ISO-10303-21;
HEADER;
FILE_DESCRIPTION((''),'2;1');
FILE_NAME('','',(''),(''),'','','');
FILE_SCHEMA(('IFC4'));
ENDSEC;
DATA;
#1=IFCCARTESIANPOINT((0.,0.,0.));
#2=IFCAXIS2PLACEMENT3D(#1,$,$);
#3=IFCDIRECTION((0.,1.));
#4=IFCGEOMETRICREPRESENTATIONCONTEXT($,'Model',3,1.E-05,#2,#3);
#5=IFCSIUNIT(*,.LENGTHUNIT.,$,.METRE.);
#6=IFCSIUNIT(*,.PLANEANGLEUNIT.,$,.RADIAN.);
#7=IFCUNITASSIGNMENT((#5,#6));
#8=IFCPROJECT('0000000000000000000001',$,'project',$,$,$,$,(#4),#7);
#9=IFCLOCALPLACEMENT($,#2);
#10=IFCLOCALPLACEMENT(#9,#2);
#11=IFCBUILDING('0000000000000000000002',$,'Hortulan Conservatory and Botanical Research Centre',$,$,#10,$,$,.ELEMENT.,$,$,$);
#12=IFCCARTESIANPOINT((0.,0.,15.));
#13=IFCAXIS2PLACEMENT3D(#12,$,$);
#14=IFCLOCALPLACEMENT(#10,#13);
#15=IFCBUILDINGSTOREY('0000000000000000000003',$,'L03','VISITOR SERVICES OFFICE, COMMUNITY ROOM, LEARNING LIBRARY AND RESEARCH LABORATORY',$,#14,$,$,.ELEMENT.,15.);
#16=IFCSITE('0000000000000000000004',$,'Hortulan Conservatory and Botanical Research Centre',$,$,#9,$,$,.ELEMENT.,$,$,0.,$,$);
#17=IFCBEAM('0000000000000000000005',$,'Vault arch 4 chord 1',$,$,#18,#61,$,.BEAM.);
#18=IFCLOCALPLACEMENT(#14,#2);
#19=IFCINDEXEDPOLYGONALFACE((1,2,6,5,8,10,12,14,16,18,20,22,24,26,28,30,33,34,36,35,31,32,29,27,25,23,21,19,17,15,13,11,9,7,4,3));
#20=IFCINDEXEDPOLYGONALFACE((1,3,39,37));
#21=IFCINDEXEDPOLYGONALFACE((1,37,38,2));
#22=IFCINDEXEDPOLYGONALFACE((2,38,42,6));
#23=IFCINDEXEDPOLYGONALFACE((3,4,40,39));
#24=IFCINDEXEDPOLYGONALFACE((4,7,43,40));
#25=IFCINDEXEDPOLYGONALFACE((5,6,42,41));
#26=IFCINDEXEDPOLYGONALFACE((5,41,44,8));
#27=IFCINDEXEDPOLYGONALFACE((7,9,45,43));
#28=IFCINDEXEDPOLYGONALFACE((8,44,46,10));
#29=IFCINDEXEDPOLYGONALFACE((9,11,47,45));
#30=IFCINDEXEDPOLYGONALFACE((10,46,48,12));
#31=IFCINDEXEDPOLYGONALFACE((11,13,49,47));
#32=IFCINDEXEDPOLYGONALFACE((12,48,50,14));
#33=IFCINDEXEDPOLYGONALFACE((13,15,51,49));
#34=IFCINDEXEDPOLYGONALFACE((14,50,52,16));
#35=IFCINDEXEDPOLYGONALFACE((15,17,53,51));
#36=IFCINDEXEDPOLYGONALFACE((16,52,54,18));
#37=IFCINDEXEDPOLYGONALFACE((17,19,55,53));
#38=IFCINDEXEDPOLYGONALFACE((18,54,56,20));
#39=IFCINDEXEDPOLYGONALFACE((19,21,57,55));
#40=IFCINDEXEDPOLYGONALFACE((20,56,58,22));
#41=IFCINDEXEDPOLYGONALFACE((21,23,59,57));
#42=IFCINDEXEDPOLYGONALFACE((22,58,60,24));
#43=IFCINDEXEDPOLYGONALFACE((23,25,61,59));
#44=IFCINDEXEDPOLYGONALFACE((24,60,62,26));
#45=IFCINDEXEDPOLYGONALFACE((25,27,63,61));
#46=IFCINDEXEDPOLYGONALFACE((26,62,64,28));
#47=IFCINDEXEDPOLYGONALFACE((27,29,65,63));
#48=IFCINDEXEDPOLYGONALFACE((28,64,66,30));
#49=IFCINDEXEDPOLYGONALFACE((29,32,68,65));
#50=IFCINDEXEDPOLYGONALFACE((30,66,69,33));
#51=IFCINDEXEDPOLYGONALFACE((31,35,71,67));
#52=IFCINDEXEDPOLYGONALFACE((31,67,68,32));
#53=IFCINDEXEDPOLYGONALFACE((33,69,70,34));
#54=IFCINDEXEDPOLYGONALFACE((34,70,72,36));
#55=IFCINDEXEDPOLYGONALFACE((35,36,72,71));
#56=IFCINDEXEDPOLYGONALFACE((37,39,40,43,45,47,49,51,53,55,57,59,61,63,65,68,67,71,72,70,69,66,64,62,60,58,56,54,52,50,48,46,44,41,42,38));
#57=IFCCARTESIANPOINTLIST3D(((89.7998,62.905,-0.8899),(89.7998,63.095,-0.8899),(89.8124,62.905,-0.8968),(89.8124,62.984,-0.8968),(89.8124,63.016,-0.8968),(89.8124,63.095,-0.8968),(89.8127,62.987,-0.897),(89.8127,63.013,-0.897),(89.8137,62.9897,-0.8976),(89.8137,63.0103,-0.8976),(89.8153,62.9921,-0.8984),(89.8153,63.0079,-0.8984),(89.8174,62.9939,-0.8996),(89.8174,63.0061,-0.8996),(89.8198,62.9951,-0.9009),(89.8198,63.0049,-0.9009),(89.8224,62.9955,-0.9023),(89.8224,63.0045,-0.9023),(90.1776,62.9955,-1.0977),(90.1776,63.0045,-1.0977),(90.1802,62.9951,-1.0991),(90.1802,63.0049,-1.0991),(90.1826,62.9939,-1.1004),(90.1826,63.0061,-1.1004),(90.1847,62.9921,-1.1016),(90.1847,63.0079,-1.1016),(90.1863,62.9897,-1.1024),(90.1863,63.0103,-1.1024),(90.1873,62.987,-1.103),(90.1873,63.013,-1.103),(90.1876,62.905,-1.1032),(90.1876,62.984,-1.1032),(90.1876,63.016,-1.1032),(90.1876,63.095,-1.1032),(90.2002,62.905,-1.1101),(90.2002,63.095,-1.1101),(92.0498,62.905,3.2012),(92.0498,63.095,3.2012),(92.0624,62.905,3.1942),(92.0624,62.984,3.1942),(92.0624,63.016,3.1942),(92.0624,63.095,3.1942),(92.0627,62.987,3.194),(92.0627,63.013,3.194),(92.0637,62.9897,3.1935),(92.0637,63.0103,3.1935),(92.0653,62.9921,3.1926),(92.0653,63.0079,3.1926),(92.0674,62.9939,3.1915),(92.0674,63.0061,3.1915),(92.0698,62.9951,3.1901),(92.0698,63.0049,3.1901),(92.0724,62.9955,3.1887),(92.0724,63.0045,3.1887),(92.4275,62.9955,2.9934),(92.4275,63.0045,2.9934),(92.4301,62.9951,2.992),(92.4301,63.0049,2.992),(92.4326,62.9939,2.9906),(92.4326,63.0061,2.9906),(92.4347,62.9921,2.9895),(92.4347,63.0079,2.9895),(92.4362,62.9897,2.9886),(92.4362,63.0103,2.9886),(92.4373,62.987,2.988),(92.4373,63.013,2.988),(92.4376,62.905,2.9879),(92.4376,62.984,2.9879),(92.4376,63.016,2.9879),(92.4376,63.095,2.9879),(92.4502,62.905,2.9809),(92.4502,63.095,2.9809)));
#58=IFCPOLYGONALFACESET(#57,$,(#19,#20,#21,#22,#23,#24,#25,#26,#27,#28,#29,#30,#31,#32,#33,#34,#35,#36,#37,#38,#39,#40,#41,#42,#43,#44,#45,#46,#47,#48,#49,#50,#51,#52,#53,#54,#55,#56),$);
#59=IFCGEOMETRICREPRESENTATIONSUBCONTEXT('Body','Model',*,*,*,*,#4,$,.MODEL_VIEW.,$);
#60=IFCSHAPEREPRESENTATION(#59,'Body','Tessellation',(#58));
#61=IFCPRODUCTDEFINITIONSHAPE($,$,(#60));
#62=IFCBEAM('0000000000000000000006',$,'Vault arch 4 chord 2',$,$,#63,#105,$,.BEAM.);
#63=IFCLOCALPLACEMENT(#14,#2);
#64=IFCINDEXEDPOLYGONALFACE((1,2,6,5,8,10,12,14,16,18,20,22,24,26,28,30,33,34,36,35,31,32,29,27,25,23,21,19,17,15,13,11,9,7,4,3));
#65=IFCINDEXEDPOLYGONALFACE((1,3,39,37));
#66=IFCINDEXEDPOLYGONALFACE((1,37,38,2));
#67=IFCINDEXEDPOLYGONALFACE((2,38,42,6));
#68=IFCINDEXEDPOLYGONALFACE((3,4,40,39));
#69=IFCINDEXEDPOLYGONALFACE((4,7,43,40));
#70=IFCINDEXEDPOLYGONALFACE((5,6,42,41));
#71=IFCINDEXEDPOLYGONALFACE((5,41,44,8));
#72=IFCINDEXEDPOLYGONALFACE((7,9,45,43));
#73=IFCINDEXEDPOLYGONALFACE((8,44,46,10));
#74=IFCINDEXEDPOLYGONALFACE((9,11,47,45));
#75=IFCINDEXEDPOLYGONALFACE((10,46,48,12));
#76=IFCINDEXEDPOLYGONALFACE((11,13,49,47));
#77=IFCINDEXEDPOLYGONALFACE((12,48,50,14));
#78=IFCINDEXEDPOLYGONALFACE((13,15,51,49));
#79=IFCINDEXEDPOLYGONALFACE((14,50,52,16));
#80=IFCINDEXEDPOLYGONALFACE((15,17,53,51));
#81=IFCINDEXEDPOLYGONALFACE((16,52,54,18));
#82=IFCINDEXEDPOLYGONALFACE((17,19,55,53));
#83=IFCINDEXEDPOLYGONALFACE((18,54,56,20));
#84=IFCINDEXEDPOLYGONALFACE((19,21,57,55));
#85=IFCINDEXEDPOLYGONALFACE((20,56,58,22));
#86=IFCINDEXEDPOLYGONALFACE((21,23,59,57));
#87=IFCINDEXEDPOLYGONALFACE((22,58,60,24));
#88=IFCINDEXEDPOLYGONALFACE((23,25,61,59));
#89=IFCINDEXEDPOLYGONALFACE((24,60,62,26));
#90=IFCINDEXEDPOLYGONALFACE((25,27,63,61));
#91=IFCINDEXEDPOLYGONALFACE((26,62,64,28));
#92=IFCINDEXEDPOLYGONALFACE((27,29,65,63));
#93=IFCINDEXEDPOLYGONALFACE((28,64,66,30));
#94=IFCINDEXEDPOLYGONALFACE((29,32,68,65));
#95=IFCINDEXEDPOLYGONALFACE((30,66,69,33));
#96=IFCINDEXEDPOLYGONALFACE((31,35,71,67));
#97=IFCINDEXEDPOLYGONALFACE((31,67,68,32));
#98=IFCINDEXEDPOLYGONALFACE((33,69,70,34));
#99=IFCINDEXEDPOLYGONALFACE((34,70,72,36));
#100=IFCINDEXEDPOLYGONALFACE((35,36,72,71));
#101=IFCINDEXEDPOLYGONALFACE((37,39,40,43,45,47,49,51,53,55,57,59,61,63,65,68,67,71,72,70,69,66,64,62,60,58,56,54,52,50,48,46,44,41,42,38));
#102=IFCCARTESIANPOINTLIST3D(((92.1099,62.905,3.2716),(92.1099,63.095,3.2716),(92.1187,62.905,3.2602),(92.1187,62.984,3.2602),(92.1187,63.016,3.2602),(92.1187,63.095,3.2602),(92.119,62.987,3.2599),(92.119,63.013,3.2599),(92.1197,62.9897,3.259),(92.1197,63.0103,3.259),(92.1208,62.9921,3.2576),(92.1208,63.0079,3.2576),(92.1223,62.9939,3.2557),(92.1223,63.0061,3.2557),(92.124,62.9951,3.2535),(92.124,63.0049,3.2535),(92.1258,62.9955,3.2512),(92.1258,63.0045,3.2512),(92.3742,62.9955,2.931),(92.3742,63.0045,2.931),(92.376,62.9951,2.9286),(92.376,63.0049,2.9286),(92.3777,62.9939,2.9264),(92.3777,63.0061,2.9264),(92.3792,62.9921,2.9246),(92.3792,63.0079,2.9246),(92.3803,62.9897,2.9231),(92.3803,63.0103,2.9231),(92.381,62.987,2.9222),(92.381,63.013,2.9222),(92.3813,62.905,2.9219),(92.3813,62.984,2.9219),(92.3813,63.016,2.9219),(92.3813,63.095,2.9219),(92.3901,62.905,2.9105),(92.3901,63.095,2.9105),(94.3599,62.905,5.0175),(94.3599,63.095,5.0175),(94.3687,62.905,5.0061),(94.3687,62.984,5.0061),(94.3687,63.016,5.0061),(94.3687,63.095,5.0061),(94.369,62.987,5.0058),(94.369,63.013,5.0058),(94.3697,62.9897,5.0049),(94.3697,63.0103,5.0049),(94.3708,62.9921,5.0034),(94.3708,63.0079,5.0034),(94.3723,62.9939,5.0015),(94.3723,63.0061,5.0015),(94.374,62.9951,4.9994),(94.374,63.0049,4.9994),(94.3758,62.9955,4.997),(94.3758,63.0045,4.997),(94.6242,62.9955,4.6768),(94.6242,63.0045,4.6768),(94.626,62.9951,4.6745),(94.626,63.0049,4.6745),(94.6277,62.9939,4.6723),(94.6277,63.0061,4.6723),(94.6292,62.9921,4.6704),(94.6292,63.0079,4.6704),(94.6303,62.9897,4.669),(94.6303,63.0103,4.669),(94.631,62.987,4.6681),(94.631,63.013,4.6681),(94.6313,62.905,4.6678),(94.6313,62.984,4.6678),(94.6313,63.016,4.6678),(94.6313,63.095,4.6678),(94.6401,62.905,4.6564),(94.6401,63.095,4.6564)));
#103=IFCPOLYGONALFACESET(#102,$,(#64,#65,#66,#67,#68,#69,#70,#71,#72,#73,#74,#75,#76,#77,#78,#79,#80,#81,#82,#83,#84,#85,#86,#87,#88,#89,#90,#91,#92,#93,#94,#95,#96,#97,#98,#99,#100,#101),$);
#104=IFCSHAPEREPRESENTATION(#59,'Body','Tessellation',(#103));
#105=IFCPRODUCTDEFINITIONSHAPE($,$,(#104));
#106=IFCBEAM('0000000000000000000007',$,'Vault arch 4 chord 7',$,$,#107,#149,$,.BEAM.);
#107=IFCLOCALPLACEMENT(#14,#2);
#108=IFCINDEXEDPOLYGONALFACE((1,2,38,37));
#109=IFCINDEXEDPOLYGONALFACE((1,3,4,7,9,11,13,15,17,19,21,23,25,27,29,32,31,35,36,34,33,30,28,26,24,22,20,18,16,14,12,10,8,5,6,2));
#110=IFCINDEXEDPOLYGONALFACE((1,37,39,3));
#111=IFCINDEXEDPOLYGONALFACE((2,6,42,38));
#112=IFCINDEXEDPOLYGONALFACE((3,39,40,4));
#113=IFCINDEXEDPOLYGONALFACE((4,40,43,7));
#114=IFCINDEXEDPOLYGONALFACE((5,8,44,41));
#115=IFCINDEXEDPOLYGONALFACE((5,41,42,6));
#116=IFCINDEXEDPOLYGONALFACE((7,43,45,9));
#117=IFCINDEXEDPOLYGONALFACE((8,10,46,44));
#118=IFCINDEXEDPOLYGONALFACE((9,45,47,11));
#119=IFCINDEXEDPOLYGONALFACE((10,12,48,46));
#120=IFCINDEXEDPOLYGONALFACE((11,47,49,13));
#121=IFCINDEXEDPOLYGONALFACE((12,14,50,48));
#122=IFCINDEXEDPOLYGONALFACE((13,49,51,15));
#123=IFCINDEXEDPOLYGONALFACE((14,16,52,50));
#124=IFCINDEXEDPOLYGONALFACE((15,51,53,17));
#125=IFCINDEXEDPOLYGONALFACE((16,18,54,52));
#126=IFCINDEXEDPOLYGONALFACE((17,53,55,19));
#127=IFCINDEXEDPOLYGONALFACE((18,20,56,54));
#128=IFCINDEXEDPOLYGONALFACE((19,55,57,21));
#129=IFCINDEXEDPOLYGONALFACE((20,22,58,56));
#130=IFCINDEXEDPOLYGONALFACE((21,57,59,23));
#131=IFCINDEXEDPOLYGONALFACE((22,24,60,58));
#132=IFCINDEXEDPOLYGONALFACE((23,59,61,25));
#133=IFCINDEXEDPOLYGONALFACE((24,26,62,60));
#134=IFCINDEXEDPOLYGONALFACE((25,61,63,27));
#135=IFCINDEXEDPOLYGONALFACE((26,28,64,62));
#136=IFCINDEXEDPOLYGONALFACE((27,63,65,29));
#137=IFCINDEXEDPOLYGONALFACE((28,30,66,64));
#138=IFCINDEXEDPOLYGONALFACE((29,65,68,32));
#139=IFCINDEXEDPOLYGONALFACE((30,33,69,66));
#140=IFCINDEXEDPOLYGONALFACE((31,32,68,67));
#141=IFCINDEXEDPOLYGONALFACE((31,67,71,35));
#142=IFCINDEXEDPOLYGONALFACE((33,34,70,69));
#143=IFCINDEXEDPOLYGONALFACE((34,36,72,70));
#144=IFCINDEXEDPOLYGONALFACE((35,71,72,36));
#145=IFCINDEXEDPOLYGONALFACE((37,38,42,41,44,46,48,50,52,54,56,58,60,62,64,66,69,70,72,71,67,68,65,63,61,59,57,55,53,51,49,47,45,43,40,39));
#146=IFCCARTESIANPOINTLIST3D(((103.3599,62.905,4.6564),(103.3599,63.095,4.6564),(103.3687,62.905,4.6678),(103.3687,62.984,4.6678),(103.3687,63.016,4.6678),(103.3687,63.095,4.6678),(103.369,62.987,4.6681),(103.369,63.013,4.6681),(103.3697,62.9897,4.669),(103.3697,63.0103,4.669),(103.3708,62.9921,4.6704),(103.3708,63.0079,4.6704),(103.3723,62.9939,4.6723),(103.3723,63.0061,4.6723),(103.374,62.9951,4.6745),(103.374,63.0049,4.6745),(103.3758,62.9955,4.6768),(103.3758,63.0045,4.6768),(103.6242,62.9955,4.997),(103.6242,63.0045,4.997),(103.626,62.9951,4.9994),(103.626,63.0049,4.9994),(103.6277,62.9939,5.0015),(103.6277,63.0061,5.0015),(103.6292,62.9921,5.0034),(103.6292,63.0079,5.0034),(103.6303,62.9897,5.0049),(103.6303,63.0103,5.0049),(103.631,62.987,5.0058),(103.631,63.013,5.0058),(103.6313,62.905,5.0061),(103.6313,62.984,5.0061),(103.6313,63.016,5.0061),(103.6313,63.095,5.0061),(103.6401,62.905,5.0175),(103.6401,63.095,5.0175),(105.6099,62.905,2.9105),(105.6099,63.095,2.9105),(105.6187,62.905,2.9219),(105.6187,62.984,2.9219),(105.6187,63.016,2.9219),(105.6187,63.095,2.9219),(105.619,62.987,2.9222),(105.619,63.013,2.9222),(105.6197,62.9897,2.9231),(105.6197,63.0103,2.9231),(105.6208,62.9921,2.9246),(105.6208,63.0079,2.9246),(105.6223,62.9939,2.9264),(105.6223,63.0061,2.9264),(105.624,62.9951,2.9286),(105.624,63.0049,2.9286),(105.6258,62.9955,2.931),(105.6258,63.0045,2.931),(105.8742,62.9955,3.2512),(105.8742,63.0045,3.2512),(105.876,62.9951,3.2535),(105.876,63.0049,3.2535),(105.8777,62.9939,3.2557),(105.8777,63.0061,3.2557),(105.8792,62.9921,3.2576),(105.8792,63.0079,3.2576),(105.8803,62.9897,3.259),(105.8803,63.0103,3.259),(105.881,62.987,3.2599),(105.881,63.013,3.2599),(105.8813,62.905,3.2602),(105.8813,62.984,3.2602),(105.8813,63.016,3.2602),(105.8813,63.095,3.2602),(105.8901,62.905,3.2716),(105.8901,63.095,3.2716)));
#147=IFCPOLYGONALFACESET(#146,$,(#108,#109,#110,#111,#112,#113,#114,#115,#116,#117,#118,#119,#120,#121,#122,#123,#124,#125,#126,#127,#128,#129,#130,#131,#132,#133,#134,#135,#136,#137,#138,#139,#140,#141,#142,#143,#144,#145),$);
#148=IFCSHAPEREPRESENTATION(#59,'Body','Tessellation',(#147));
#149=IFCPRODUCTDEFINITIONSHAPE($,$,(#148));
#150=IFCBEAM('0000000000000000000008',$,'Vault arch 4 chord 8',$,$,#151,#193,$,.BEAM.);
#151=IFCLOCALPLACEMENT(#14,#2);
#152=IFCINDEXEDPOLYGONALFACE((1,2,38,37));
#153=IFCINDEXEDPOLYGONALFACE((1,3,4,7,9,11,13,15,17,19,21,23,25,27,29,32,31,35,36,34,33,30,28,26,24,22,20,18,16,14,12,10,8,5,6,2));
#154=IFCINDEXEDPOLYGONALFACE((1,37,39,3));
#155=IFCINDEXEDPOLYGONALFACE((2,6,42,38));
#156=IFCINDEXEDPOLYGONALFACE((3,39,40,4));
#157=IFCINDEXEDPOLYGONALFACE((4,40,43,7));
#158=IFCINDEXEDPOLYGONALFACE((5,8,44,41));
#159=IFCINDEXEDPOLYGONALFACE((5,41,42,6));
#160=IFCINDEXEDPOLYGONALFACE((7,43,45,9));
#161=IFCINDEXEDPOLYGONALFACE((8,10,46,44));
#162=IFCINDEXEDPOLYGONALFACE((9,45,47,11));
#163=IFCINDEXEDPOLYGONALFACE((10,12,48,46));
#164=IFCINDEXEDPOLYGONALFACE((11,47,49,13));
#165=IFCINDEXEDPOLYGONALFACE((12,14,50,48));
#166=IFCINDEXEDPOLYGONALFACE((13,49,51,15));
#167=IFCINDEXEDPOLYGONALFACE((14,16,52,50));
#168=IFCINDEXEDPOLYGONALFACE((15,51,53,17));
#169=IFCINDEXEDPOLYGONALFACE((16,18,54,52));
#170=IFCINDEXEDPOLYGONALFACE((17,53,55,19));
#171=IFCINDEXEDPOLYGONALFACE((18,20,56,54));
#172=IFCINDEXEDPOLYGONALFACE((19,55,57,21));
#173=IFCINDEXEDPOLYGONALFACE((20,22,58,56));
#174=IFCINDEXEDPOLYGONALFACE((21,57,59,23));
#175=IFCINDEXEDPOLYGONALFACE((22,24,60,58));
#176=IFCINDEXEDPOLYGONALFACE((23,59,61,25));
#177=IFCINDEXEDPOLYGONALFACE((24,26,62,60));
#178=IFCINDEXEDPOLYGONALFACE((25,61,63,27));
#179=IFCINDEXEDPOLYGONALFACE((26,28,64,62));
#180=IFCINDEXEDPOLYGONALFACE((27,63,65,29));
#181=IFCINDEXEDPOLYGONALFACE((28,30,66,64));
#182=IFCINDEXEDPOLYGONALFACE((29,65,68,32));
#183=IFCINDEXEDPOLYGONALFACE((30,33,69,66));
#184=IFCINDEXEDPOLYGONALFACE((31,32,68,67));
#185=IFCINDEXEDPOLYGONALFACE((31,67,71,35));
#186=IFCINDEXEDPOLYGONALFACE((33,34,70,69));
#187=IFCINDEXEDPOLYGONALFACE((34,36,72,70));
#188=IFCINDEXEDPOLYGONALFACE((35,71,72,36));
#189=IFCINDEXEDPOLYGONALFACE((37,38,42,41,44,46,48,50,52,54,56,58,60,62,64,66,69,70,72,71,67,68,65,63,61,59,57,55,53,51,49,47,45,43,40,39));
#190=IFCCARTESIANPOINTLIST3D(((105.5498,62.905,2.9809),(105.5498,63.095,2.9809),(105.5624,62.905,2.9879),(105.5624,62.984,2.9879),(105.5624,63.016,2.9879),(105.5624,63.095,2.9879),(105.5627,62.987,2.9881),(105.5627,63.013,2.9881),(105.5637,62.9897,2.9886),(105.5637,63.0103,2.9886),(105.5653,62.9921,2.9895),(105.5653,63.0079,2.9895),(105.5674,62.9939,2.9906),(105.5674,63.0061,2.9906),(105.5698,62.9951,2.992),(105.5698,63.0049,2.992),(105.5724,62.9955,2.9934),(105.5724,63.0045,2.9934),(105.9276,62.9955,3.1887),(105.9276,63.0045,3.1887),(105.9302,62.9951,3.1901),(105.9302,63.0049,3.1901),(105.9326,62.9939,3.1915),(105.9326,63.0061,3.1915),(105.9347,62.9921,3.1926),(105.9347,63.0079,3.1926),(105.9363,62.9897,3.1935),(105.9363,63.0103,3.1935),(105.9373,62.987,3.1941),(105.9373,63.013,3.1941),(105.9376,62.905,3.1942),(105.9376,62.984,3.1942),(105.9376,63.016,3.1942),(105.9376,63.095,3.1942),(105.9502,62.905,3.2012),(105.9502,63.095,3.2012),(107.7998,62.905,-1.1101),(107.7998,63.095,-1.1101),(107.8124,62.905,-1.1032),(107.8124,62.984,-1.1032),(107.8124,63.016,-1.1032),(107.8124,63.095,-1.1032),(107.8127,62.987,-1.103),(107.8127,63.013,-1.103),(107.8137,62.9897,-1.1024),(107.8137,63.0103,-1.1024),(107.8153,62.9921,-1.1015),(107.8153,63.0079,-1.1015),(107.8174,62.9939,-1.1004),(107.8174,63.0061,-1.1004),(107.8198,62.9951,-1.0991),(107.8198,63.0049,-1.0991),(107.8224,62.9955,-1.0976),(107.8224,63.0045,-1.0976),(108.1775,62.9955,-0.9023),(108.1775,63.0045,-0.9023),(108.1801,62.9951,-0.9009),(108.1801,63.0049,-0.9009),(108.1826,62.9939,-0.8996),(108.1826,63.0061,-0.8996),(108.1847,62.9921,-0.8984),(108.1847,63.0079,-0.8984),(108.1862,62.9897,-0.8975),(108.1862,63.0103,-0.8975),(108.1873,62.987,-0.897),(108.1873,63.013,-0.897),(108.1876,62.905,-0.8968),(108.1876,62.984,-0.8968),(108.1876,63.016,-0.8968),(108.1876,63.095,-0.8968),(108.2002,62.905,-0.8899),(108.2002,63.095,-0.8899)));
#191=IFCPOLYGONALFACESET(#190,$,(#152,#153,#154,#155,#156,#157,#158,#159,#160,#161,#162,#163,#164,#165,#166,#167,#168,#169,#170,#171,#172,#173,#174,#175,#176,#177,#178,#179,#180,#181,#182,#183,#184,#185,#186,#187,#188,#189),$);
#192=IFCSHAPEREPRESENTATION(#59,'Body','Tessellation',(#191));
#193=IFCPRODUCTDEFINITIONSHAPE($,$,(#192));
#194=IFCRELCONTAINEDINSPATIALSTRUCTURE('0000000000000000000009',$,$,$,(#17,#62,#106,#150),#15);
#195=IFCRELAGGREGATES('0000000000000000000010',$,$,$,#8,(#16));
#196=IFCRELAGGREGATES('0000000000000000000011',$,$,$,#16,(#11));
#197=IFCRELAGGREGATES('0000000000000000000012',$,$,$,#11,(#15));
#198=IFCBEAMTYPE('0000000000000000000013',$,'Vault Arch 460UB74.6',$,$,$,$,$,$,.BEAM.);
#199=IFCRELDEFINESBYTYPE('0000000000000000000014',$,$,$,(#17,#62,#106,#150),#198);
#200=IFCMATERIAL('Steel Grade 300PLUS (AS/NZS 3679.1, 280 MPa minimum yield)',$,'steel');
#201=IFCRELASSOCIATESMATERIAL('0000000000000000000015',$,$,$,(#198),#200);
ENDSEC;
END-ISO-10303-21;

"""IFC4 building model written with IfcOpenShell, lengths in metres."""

from ifc_helpers import new_model, si_unit, direction, frame, origin, origin_2d, place, context, subcontext, project, spatial, i_section, extrude, material, material_profile, profile_set, type_object, element, save


model = new_model("IFC4")

# Units and contexts
model_context = context("Model", 3, precision=1e-05, world=origin(), true_north=direction((0.0, 1.0)))
body_context = subcontext(model_context, "Body", "Model", "MODEL_VIEW")
ifc_project = project(units=[si_unit("LENGTHUNIT", "METRE"), si_unit("PLANEANGLEUNIT", "RADIAN")], contexts=[model_context])

# Site, building, storey
site_placement = place(None, origin())
site = spatial("IfcSite", under=ifc_project, at=site_placement, Name="Hortulan Conservatory and Botanical Research Centre", CompositionType="ELEMENT", RefElevation=0.0)
building_placement = place(site_placement, origin())
building = spatial("IfcBuilding", under=site, at=building_placement, Name="Hortulan Conservatory and Botanical Research Centre", CompositionType="ELEMENT")
storey_placement = place(building_placement, frame((0.0, 0.0, 15.0)))
storey = spatial("IfcBuildingStorey", under=building, at=storey_placement, Name="L03", Description="VISITOR SERVICES OFFICE, COMMUNITY ROOM, LEARNING LIBRARY AND RESEARCH LABORATORY", CompositionType="ELEMENT", Elevation=15.0)

# Beams
ifc_material_1 = material(Name="Steel Grade 300PLUS (AS/NZS 3679.1, 280 MPa minimum yield)", Category="steel")
ifc_material_profile_1 = material_profile(ifc_material_1, i_section(OverallWidth=0.1899, OverallDepth=0.457, WebThickness=0.009, FlangeThickness=0.0144, FilletRadius=0.0115, at=origin_2d()), Name="460UB74.6")
ifc_profile_set_1 = profile_set([ifc_material_profile_1], Name="Steel Grade 300PLUS (AS/NZS 3679.1, 280 MPa minimum yield)")
beam_type_1 = type_object("IfcBeamType", Name="Vault Arch 460UB74.6", PredefinedType="BEAM", material=ifc_profile_set_1)
for number, where, z_axis, x_axis, name in (
    (1, (90.0, 63.0, -1.0), (0.481905, 0.0, 0.876224), (0.0, 1.0, 0.0), "Vault arch 4 chord 1"),
):
    element("IfcBeam", number, at=place(storey_placement, frame(where, z_axis=z_axis, x_axis=x_axis)), inside=storey, type_object=beam_type_1, Name=name, PredefinedType="BEAM", context=body_context, shape_type="SweptSolid", body=[
        extrude(i_section(OverallWidth=0.1899, OverallDepth=0.457, WebThickness=0.009, FlangeThickness=0.0144, FilletRadius=0.0115, at=origin_2d()), origin(), (0.0, 0.0, 1.0), 4.6689),
    ])
for number, where, z_axis, x_axis, name in (
    (2, (92.25, 63.0, 3.0911), (0.790058, 0.0, 0.613032), (0.0, 1.0, 0.0), "Vault arch 4 chord 2"),
    (3, (103.5, 63.0, 4.8369), (0.790058, 0.0, -0.613032), (0.0, 1.0, 0.0), "Vault arch 4 chord 7"),
):
    element("IfcBeam", number, at=place(storey_placement, frame(where, z_axis=z_axis, x_axis=x_axis)), inside=storey, type_object=beam_type_1, Name=name, PredefinedType="BEAM", context=body_context, shape_type="SweptSolid", body=[
        extrude(i_section(OverallWidth=0.1899, OverallDepth=0.457, WebThickness=0.009, FlangeThickness=0.0144, FilletRadius=0.0115, at=origin_2d()), origin(), (0.0, 0.0, 1.0), 2.8479),
    ])
for number, where, z_axis, x_axis, name in (
    (4, (105.75, 63.0, 3.0911), (0.481905, 0.0, -0.876224), (0.0, 1.0, 0.0), "Vault arch 4 chord 8"),
):
    element("IfcBeam", number, at=place(storey_placement, frame(where, z_axis=z_axis, x_axis=x_axis)), inside=storey, type_object=beam_type_1, Name=name, PredefinedType="BEAM", context=body_context, shape_type="SweptSolid", body=[
        extrude(i_section(OverallWidth=0.1899, OverallDepth=0.457, WebThickness=0.009, FlangeThickness=0.0144, FilletRadius=0.0115, at=origin_2d()), origin(), (0.0, 0.0, 1.0), 4.6689),
    ])

save(model, "model.ifc")
